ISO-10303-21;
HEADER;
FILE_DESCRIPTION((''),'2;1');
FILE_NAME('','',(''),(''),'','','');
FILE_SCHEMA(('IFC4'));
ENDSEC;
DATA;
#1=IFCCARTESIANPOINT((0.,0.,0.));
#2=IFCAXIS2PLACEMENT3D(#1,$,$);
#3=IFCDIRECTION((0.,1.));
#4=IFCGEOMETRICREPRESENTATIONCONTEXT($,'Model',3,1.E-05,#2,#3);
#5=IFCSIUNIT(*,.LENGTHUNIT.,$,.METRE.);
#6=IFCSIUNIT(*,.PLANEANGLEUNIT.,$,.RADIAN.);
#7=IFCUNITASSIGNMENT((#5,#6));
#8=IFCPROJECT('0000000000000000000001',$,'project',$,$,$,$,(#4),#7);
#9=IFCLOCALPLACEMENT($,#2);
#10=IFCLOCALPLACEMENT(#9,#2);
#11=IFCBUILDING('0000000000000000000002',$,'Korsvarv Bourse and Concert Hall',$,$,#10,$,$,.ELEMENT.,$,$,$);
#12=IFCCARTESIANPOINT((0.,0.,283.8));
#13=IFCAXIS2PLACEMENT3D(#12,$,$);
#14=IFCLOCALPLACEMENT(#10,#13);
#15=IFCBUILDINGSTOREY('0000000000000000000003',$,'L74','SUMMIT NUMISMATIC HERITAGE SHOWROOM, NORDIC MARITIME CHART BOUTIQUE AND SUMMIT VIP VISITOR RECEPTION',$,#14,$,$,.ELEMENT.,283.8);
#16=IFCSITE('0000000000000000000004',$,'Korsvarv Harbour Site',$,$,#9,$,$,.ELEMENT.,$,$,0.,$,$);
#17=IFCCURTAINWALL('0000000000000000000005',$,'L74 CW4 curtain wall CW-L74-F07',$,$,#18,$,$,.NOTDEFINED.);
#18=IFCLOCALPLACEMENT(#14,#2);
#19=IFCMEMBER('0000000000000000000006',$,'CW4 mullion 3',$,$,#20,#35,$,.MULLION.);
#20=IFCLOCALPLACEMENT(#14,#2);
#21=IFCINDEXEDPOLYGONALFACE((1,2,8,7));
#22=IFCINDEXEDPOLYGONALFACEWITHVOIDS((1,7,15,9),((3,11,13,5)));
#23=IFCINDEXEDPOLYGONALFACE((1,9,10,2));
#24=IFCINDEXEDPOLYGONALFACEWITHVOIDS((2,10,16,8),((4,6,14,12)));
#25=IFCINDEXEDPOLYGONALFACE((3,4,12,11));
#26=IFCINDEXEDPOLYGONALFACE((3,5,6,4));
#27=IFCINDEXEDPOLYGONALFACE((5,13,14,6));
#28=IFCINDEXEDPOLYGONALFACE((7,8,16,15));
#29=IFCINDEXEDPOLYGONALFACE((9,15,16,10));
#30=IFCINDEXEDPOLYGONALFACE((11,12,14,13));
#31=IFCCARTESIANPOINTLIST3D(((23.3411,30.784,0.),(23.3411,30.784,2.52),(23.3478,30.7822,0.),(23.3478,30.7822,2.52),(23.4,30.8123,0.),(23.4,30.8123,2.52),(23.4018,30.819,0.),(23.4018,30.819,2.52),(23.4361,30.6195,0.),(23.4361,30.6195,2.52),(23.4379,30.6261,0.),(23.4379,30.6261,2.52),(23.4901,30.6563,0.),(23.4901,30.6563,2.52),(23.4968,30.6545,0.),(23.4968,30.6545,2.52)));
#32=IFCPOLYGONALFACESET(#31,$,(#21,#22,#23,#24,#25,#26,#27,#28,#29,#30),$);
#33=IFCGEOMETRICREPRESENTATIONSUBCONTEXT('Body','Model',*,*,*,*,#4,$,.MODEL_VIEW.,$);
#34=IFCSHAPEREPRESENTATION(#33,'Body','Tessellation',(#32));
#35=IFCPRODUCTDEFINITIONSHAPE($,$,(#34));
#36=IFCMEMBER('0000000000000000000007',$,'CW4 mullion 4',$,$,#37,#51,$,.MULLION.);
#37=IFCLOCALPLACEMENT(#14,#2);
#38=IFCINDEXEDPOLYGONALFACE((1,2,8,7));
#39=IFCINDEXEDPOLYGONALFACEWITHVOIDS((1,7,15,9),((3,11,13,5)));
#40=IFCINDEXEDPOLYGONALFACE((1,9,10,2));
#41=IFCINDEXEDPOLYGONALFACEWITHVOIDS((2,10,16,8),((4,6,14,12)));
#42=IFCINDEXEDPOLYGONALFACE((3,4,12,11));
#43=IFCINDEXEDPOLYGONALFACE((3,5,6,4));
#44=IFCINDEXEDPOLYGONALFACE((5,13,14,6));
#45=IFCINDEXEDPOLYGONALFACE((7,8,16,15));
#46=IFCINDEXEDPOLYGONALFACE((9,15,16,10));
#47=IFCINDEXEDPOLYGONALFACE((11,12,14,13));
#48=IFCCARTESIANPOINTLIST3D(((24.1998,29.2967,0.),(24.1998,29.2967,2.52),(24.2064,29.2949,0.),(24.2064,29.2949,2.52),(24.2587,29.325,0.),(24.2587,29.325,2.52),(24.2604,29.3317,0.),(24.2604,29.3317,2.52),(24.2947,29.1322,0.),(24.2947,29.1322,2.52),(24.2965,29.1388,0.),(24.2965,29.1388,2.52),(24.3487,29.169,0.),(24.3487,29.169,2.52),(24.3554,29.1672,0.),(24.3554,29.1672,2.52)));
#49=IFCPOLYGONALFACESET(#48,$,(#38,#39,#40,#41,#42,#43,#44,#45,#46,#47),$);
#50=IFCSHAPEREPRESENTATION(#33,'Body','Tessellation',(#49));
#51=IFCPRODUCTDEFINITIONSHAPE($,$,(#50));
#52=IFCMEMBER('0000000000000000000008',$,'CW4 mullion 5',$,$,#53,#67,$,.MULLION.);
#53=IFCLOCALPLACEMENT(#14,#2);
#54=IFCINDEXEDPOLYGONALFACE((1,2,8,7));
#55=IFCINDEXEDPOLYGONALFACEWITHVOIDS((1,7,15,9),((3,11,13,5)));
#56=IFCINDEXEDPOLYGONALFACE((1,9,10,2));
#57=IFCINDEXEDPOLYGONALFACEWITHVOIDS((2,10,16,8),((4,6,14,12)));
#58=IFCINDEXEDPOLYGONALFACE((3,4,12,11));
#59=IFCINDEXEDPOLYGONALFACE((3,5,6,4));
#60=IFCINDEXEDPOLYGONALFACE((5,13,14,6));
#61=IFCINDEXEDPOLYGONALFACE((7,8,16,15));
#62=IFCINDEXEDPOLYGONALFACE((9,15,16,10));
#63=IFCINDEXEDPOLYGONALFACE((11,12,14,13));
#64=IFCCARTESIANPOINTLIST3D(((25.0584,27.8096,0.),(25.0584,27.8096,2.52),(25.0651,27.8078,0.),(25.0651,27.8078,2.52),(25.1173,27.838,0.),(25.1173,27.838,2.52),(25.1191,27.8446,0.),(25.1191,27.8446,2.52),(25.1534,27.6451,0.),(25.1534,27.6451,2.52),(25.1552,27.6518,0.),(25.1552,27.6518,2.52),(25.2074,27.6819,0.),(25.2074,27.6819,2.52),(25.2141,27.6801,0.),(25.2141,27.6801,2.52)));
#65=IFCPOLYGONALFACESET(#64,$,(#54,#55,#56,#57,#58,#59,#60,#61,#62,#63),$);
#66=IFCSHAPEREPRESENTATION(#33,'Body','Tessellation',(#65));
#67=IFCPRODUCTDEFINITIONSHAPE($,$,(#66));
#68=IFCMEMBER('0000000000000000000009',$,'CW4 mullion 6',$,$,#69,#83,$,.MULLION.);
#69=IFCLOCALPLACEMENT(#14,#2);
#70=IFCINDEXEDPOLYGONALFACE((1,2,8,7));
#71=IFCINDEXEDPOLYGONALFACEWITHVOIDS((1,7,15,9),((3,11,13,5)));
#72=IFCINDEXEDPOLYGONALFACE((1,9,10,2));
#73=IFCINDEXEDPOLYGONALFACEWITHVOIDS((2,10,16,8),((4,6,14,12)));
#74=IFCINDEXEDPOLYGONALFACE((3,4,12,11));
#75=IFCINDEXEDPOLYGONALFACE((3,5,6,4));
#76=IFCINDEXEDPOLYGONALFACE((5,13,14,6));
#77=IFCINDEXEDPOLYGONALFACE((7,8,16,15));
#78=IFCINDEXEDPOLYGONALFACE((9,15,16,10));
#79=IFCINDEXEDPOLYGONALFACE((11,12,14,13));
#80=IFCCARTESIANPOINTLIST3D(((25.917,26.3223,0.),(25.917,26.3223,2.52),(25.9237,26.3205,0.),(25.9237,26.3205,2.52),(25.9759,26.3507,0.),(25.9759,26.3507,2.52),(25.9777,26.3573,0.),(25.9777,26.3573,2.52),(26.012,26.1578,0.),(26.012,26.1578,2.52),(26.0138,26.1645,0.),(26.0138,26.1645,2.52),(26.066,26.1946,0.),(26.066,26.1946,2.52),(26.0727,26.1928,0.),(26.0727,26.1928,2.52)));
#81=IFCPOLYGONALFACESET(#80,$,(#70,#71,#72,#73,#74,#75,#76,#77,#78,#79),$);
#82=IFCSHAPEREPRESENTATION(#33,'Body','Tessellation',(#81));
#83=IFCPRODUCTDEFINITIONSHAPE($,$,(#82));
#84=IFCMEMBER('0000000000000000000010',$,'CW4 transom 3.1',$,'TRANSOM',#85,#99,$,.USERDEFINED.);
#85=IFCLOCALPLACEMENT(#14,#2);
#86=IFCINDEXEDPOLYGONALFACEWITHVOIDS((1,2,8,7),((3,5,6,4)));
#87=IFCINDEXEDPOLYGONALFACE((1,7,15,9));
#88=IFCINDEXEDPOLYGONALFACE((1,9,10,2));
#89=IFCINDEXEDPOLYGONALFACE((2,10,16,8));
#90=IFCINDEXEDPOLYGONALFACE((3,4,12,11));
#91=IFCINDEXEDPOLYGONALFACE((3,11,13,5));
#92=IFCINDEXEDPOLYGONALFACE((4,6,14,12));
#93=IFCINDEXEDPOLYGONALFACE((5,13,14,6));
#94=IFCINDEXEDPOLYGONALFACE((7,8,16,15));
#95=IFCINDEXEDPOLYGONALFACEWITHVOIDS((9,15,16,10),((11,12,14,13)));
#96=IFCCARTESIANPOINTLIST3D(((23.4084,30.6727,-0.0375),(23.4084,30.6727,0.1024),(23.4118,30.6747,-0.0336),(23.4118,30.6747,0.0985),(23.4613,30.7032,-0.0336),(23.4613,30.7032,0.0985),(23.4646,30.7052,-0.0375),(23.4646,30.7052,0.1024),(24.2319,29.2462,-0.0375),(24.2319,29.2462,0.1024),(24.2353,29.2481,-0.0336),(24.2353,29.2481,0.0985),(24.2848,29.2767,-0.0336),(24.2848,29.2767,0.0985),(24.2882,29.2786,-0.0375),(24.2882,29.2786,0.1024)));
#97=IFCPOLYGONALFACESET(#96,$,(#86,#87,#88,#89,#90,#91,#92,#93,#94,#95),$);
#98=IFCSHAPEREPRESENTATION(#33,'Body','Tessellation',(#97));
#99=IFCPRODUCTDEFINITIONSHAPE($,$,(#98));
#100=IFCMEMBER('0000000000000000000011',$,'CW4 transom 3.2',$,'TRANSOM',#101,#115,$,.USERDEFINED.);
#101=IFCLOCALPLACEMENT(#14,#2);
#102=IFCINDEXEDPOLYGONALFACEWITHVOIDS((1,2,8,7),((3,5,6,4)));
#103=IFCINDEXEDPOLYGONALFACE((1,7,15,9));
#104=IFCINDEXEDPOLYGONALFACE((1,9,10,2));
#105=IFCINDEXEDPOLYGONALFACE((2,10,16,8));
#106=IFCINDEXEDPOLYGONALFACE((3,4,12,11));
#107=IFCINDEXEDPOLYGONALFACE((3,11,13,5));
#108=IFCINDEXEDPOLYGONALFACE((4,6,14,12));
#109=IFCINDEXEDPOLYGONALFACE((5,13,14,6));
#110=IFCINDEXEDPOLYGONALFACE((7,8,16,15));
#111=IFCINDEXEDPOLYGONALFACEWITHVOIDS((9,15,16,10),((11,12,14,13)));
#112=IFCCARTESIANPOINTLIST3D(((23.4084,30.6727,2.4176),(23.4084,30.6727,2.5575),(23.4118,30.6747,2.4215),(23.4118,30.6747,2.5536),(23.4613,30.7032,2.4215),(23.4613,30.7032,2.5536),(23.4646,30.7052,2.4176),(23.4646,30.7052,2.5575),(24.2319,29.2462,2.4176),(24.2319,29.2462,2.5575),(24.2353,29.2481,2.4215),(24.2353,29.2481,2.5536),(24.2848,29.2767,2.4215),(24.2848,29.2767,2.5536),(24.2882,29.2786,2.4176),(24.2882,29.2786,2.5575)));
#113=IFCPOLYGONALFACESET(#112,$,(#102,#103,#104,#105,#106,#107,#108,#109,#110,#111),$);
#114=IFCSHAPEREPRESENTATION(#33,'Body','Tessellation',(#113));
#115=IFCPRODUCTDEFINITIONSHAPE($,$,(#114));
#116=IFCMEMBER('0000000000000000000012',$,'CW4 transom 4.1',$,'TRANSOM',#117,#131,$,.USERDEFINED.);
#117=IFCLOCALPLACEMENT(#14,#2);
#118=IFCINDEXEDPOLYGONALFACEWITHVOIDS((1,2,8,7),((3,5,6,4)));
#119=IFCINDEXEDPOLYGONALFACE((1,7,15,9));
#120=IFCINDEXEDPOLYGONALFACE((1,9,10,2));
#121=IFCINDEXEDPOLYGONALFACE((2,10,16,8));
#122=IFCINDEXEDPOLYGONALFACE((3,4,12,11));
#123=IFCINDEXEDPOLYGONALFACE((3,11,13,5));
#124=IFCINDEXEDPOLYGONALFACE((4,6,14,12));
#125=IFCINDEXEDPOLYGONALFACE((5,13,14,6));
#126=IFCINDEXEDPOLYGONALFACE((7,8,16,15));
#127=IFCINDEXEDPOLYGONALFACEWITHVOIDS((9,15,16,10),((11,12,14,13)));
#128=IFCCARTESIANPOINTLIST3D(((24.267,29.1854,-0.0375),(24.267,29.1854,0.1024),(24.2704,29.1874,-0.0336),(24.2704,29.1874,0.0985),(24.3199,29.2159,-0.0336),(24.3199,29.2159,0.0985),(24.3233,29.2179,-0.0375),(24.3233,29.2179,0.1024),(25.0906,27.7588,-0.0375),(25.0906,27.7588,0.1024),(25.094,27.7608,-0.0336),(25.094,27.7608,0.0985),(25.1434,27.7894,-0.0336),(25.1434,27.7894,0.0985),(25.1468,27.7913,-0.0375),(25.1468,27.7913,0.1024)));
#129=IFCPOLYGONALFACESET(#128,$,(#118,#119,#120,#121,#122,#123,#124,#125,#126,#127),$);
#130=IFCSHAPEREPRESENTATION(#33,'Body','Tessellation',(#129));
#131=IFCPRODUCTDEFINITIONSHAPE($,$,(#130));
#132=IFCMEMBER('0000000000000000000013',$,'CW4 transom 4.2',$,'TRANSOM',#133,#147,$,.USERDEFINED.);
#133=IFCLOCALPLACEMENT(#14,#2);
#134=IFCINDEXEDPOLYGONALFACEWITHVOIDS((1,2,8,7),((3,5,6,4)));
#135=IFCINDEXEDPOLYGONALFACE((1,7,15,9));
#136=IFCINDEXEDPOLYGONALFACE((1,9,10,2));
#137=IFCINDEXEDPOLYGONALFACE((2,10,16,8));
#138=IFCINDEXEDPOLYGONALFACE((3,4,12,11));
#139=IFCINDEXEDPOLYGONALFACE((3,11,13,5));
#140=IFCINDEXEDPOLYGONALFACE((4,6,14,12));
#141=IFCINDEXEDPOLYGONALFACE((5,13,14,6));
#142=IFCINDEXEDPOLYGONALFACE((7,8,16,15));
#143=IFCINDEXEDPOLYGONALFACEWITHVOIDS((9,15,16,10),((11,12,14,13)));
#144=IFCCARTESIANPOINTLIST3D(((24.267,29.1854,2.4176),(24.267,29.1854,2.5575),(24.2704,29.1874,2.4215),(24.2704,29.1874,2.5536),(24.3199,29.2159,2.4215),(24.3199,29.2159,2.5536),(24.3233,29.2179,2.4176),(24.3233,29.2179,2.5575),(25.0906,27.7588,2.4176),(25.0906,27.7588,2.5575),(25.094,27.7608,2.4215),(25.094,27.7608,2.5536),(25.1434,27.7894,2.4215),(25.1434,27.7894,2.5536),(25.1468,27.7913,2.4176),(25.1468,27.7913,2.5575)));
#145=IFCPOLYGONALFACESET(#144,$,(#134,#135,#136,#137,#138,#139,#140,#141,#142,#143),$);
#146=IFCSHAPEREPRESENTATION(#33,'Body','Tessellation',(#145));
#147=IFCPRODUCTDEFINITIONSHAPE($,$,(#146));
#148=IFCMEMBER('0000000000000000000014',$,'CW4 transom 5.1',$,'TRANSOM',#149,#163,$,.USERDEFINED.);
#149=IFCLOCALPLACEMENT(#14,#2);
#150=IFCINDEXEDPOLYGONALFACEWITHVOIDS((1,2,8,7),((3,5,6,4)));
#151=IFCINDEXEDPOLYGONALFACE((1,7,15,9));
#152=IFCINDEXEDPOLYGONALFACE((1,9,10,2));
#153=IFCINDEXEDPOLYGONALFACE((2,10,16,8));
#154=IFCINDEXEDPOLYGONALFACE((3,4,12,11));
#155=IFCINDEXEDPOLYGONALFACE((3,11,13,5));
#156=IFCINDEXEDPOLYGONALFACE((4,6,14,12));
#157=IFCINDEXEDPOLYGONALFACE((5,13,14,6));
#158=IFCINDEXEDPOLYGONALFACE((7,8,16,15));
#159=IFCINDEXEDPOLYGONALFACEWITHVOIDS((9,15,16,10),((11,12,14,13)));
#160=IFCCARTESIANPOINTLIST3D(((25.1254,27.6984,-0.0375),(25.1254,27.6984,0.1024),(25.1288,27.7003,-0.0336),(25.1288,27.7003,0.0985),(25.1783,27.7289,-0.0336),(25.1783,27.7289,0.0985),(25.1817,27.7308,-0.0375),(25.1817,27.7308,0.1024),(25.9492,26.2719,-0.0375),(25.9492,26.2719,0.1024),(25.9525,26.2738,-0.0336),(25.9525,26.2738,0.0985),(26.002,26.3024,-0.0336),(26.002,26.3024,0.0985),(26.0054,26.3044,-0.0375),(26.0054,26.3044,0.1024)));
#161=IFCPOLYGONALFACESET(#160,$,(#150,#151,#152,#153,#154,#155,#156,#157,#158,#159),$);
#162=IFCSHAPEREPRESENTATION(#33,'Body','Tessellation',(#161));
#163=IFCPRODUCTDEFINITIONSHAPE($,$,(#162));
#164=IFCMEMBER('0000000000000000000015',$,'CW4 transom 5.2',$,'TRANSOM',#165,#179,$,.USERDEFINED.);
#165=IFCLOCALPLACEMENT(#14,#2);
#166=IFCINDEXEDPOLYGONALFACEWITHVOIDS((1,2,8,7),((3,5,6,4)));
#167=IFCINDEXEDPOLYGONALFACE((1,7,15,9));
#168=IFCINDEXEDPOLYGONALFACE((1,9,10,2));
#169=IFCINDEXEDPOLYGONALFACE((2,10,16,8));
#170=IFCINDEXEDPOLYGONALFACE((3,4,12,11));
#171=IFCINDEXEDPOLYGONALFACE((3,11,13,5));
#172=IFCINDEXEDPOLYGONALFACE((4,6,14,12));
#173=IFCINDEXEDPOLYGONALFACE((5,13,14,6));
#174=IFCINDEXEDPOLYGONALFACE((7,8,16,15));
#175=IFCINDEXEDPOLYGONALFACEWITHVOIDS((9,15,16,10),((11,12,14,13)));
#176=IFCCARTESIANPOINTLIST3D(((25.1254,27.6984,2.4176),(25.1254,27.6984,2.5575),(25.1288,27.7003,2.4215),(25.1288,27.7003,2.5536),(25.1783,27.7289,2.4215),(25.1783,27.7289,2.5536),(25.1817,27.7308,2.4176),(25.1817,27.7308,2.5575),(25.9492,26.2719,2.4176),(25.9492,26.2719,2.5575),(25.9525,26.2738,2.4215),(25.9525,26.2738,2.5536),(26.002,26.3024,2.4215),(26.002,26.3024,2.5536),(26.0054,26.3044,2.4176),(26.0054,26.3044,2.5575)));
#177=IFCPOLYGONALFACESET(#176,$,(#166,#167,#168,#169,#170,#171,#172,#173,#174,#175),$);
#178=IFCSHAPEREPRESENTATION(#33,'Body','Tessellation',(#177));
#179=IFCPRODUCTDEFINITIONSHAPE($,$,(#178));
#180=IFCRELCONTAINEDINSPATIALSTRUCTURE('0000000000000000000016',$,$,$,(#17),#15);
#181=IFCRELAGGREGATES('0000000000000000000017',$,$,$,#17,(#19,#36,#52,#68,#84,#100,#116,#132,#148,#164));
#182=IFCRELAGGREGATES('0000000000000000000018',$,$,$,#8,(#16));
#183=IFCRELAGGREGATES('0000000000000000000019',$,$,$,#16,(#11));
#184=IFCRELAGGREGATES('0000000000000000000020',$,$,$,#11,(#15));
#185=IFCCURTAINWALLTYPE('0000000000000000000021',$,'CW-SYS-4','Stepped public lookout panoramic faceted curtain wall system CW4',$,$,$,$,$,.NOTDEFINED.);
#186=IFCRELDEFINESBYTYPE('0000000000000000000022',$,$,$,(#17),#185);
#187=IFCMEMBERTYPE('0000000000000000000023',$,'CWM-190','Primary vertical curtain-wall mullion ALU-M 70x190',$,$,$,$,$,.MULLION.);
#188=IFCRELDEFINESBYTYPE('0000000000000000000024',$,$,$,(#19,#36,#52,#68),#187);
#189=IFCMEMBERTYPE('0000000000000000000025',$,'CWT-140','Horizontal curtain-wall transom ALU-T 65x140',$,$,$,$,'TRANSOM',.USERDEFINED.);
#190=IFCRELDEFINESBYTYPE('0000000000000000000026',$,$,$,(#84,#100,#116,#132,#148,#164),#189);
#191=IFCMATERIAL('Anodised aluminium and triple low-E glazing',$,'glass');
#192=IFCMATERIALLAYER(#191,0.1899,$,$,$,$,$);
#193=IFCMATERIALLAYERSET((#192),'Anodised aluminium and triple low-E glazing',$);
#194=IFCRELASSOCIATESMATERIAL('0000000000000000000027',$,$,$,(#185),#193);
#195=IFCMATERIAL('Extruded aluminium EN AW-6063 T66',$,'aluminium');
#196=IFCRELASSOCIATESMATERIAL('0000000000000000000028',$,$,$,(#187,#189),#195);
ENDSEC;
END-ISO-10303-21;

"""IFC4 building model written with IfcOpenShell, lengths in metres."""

from ifc_helpers import new_model, si_unit, direction, frame, origin, origin_2d, place, context, subcontext, project, spatial, hollow_rectangle, extrude, source, transform, mapped, material, layer, layer_set, material_profile, profile_set, type_object, element, aggregate, save


model = new_model("IFC4")

# Units and contexts
model_context = context("Model", 3, precision=1e-05, world=origin(), true_north=direction((0.0, 1.0)))
body_context = subcontext(model_context, "Body", "Model", "MODEL_VIEW")
ifc_project = project(units=[si_unit("LENGTHUNIT", "METRE"), si_unit("PLANEANGLEUNIT", "RADIAN")], contexts=[model_context])

# Site, building, storey
site_placement = place(None, origin())
site = spatial("IfcSite", under=ifc_project, at=site_placement, Name="Korsvarv Harbour Site", CompositionType="ELEMENT", RefElevation=0.0)
building_placement = place(site_placement, origin())
building = spatial("IfcBuilding", under=site, at=building_placement, Name="Korsvarv Bourse and Concert Hall", CompositionType="ELEMENT")
storey_placement = place(building_placement, frame((0.0, 0.0, 283.8)))
storey = spatial("IfcBuildingStorey", under=building, at=storey_placement, Name="L74", Description="SUMMIT NUMISMATIC HERITAGE SHOWROOM, NORDIC MARITIME CHART BOUTIQUE AND SUMMIT VIP VISITOR RECEPTION", CompositionType="ELEMENT", Elevation=283.8)

# Curtain wall, members
ifc_material_1 = material(Name="Anodised aluminium and triple low-E glazing", Category="glass")
ifc_layer_1 = layer(ifc_material_1, 0.1899)
ifc_layer_set_1 = layer_set([ifc_layer_1], Name="Anodised aluminium and triple low-E glazing")
curtain_wall_type = type_object("IfcCurtainWallType", Name="CW-SYS-4", Description="Stepped public lookout panoramic faceted curtain wall system CW4", PredefinedType="NOTDEFINED", material=ifc_layer_set_1)
curtain_wall_placement = place(storey_placement, origin())
curtain_wall = element("IfcCurtainWall", 1, at=curtain_wall_placement, inside=storey, type_object=curtain_wall_type, Name="L74 CW4 curtain wall CW-L74-F07", PredefinedType="NOTDEFINED")
ifc_material_2 = material(Name="Extruded aluminium EN AW-6063 T66", Category="aluminium")
ifc_material_profile_1 = material_profile(ifc_material_2, hollow_rectangle(XDim=0.0701, YDim=0.1899, WallThickness=0.0049, at=origin_2d()), Name="ALU-M 70x190")
ifc_profile_set_1 = profile_set([ifc_material_profile_1], Name="Extruded aluminium EN AW-6063 T66")
member_type_1 = type_object("IfcMemberType", Name="CWM-190", Description="Primary vertical curtain-wall mullion ALU-M 70x190", PredefinedType="MULLION", material=ifc_profile_set_1)
shared_shape_1 = source(origin(), body_context, "Body", "SweptSolid", [
    extrude(hollow_rectangle(XDim=0.0701, YDim=0.1899, WallThickness=0.0049, at=origin_2d()), origin(), (0.0, 0.0, 1.0), 2.52),
])
member_1_placement = place(storey_placement, frame((23.4189, 30.7192, 0.0), z_axis=(0.0, 0.0, 1.0), x_axis=(0.866028, 0.499996, 0.0)))
member_1 = element("IfcMember", 2, at=member_1_placement, type_object=member_type_1, Name="CW4 mullion 3", PredefinedType="MULLION", context=body_context, shape_type="MappedRepresentation", body=[
    mapped(shared_shape_1, transform((0.0, 0.0, 0.0), scale=1.0)),
])
member_2_placement = place(storey_placement, frame((24.2776, 29.2319, 0.0), z_axis=(0.0, 0.0, 1.0), x_axis=(0.866028, 0.499996, 0.0)))
member_2 = element("IfcMember", 3, at=member_2_placement, type_object=member_type_1, Name="CW4 mullion 4", PredefinedType="MULLION", context=body_context, shape_type="MappedRepresentation", body=[
    mapped(shared_shape_1, transform((0.0, 0.0, 0.0), scale=1.0)),
])
member_3_placement = place(storey_placement, frame((25.1362, 27.7449, 0.0), z_axis=(0.0, 0.0, 1.0), x_axis=(0.866028, 0.499996, 0.0)))
member_3 = element("IfcMember", 4, at=member_3_placement, type_object=member_type_1, Name="CW4 mullion 5", PredefinedType="MULLION", context=body_context, shape_type="MappedRepresentation", body=[
    mapped(shared_shape_1, transform((0.0, 0.0, 0.0), scale=1.0)),
])
member_4_placement = place(storey_placement, frame((25.9949, 26.2576, 0.0), z_axis=(0.0, 0.0, 1.0), x_axis=(0.866028, 0.499996, 0.0)))
member_4 = element("IfcMember", 5, at=member_4_placement, type_object=member_type_1, Name="CW4 mullion 6", PredefinedType="MULLION", context=body_context, shape_type="MappedRepresentation", body=[
    mapped(shared_shape_1, transform((0.0, 0.0, 0.0), scale=1.0)),
])
ifc_material_profile_2 = material_profile(ifc_material_2, hollow_rectangle(XDim=0.0649, YDim=0.1399, WallThickness=0.0039, at=origin_2d()), Name="ALU-T 65x140")
ifc_profile_set_2 = profile_set([ifc_material_profile_2], Name="Extruded aluminium EN AW-6063 T66")
member_type_2 = type_object("IfcMemberType", Name="CWT-140", Description="Horizontal curtain-wall transom ALU-T 65x140", ElementType="TRANSOM", PredefinedType="USERDEFINED", material=ifc_profile_set_2)
shared_shape_2 = source(origin(), body_context, "Body", "SweptSolid", [
    extrude(hollow_rectangle(XDim=0.0649, YDim=0.1399, WallThickness=0.0039, at=origin_2d()), origin(), (0.0, 0.0, 1.0), 1.6472),
])
member_5_placement = place(storey_placement, frame((23.4365, 30.689, 0.0325), z_axis=(0.499949, -0.866055, 0.0), x_axis=(0.866055, 0.499949, 0.0)))
member_5 = element("IfcMember", 6, at=member_5_placement, type_object=member_type_2, Name="CW4 transom 3.1", ObjectType="TRANSOM", PredefinedType="USERDEFINED", context=body_context, shape_type="MappedRepresentation", body=[
    mapped(shared_shape_2, transform((0.0, 0.0, 0.0), scale=1.0)),
])
member_6_placement = place(storey_placement, frame((23.4365, 30.689, 2.4875), z_axis=(0.499949, -0.866055, 0.0), x_axis=(0.866055, 0.499949, 0.0)))
member_6 = element("IfcMember", 7, at=member_6_placement, type_object=member_type_2, Name="CW4 transom 3.2", ObjectType="TRANSOM", PredefinedType="USERDEFINED", context=body_context, shape_type="MappedRepresentation", body=[
    mapped(shared_shape_2, transform((0.0, 0.0, 0.0), scale=1.0)),
])
member_7_placement = place(storey_placement, frame((24.2952, 29.2017, 0.0325), z_axis=(0.499949, -0.866055, 0.0), x_axis=(0.866055, 0.499949, 0.0)))
member_7 = element("IfcMember", 8, at=member_7_placement, type_object=member_type_2, Name="CW4 transom 4.1", ObjectType="TRANSOM", PredefinedType="USERDEFINED", context=body_context, shape_type="MappedRepresentation", body=[
    mapped(shared_shape_2, transform((0.0, 0.0, 0.0), scale=1.0)),
])
member_8_placement = place(storey_placement, frame((24.2952, 29.2017, 2.4875), z_axis=(0.499949, -0.866055, 0.0), x_axis=(0.866055, 0.499949, 0.0)))
member_8 = element("IfcMember", 9, at=member_8_placement, type_object=member_type_2, Name="CW4 transom 4.2", ObjectType="TRANSOM", PredefinedType="USERDEFINED", context=body_context, shape_type="MappedRepresentation", body=[
    mapped(shared_shape_2, transform((0.0, 0.0, 0.0), scale=1.0)),
])
member_9_placement = place(storey_placement, frame((25.1536, 27.7146, 0.0325), z_axis=(0.50006, -0.865991, 0.0), x_axis=(0.865991, 0.50006, 0.0)))
member_9 = element("IfcMember", 10, at=member_9_placement, type_object=member_type_2, Name="CW4 transom 5.1", ObjectType="TRANSOM", PredefinedType="USERDEFINED", context=body_context, shape_type="MappedRepresentation", body=[
    mapped(shared_shape_2, transform((0.0, 0.0, 0.0), scale=1.0)),
])
member_10_placement = place(storey_placement, frame((25.1536, 27.7146, 2.4875), z_axis=(0.50006, -0.865991, 0.0), x_axis=(0.865991, 0.50006, 0.0)))
member_10 = element("IfcMember", 11, at=member_10_placement, type_object=member_type_2, Name="CW4 transom 5.2", ObjectType="TRANSOM", PredefinedType="USERDEFINED", context=body_context, shape_type="MappedRepresentation", body=[
    mapped(shared_shape_2, transform((0.0, 0.0, 0.0), scale=1.0)),
])

aggregate(curtain_wall, [member_1, member_2, member_3, member_4, member_5, member_6, member_7, member_8, member_9, member_10])

save(model, "model.ifc")
